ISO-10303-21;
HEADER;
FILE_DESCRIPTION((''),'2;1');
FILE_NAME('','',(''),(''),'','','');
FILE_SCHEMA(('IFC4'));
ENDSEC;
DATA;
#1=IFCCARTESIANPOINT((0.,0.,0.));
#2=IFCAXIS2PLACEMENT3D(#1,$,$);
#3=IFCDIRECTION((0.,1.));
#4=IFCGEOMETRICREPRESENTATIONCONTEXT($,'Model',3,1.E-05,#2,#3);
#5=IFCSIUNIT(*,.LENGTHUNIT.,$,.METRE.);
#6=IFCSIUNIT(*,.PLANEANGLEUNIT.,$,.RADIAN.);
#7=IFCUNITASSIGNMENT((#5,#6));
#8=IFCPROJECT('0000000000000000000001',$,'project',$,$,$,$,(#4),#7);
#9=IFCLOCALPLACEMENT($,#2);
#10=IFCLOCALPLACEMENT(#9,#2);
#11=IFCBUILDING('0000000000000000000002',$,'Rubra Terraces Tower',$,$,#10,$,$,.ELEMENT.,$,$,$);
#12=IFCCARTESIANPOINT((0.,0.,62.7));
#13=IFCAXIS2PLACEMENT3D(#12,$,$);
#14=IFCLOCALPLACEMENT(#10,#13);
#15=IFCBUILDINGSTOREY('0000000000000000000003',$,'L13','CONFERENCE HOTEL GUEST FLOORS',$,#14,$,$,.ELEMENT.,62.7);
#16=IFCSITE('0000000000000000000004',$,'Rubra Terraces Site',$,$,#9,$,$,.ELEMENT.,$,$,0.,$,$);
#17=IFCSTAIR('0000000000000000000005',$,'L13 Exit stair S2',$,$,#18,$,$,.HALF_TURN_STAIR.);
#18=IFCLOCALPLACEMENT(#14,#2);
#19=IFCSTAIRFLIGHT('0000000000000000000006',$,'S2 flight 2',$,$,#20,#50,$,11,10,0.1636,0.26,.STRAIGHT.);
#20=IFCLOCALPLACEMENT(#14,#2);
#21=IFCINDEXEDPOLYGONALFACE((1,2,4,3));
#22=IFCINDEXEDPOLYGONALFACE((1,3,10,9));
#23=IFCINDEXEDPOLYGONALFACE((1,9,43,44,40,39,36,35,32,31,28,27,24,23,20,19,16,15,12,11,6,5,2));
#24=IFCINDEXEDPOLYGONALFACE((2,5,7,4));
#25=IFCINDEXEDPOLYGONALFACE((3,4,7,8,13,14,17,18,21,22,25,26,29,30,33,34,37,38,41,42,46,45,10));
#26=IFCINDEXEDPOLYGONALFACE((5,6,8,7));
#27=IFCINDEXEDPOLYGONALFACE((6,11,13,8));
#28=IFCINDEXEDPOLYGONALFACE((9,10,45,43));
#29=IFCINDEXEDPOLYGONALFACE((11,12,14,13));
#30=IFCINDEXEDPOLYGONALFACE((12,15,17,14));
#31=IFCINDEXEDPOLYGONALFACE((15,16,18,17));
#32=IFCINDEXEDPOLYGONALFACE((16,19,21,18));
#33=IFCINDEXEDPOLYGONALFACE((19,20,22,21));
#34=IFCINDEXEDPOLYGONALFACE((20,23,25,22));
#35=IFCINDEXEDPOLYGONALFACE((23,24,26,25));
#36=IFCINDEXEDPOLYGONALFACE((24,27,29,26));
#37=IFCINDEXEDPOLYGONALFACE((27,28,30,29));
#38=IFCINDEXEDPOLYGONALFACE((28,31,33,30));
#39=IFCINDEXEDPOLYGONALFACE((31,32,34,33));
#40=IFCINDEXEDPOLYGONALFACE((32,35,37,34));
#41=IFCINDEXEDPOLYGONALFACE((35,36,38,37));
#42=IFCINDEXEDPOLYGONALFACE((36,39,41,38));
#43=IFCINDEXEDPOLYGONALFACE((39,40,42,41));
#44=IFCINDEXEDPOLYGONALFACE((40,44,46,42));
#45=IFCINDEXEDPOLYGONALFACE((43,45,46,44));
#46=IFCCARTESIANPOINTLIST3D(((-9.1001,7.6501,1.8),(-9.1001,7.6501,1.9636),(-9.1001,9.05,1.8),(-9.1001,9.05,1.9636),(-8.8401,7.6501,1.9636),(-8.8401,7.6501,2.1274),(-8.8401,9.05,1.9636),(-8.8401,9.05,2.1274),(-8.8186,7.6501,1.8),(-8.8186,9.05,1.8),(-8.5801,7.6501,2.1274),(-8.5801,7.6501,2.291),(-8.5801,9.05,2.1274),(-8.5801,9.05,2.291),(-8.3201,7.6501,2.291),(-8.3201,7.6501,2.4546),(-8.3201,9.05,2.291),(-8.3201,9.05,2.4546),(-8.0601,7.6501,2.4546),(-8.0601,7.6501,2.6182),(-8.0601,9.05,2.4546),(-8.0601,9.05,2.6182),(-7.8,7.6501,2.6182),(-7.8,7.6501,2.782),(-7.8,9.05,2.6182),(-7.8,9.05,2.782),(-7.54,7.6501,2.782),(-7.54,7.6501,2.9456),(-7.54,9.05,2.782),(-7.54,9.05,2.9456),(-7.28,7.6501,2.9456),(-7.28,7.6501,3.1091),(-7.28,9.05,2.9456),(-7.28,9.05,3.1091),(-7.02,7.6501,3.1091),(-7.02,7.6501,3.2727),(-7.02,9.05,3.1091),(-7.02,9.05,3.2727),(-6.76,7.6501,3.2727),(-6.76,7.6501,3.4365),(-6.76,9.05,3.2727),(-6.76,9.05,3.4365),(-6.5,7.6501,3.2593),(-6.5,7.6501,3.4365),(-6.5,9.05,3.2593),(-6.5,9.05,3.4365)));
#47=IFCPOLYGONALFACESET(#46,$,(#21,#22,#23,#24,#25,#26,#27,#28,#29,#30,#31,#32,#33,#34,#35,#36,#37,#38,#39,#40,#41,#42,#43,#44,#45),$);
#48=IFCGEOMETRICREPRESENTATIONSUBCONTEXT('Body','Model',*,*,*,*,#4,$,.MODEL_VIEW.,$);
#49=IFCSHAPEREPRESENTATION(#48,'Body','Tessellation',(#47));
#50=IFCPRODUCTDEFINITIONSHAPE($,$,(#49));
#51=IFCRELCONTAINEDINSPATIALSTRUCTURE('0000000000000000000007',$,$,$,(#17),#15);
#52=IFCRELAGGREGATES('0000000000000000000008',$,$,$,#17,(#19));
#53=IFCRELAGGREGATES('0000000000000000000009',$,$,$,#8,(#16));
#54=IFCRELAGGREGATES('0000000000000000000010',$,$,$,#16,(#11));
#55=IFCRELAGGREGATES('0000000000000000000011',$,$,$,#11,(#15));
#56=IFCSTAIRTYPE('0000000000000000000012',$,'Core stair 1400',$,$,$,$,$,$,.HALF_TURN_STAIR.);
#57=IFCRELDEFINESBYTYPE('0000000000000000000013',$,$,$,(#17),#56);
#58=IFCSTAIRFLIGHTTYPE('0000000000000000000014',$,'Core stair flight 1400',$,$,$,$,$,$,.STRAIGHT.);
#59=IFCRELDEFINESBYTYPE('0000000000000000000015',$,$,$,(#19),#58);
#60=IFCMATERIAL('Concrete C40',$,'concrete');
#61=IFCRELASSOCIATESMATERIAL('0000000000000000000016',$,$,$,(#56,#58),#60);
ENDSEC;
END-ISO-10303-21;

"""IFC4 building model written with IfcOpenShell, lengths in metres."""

from ifc_helpers import new_model, si_unit, direction, frame, origin, place, context, subcontext, project, spatial, polyline, outline, extrude, material, type_object, element, aggregate, save


model = new_model("IFC4")

# Units and contexts
model_context = context("Model", 3, precision=1e-05, world=origin(), true_north=direction((0.0, 1.0)))
body_context = subcontext(model_context, "Body", "Model", "MODEL_VIEW")
ifc_project = project(units=[si_unit("LENGTHUNIT", "METRE"), si_unit("PLANEANGLEUNIT", "RADIAN")], contexts=[model_context])

# Site, building, storey
site_placement = place(None, origin())
site = spatial("IfcSite", under=ifc_project, at=site_placement, Name="Rubra Terraces Site", CompositionType="ELEMENT", RefElevation=0.0)
building_placement = place(site_placement, origin())
building = spatial("IfcBuilding", under=site, at=building_placement, Name="Rubra Terraces Tower", CompositionType="ELEMENT")
storey_placement = place(building_placement, frame((0.0, 0.0, 62.7)))
storey = spatial("IfcBuildingStorey", under=building, at=storey_placement, Name="L13", Description="CONFERENCE HOTEL GUEST FLOORS", CompositionType="ELEMENT", Elevation=62.7)

# Shared definitions
ifc_material_1 = material(Name="Concrete C40", Category="concrete")

# Stair, stair flight
stair_type = type_object("IfcStairType", Name="Core stair 1400", PredefinedType="HALF_TURN_STAIR", material=ifc_material_1)
stair_flight_type = type_object("IfcStairFlightType", Name="Core stair flight 1400", PredefinedType="STRAIGHT", material=ifc_material_1)
stair_1_placement = place(storey_placement, origin())
stair_1 = element("IfcStair", 1, at=stair_1_placement, inside=storey, type_object=stair_type, Name="L13 Exit stair S2", PredefinedType="HALF_TURN_STAIR")
stair_flight_1_placement = place(storey_placement, frame((-9.1001, 8.3501, 1.8), z_axis=(0.0, 0.0, 1.0), x_axis=(1.0, 0.0, 0.0)))
stair_flight_1 = element("IfcStairFlight", 2, at=stair_flight_1_placement, type_object=stair_flight_type, Name="S2 flight 2", NumberOfRisers=11, NumberOfTreads=10, PredefinedType="STRAIGHT", RiserHeight=0.1636, TreadLength=0.26, context=body_context, shape_type="SweptSolid", body=[
    extrude(outline(polyline([(0.0, 0.0), (0.0, 0.1636), (0.26, 0.1636), (0.26, 0.3274), (0.52, 0.3274), (0.52, 0.491), (0.78, 0.491), (0.78, 0.6545), (1.04, 0.6545), (1.04, 0.8181), (1.3, 0.8181), (1.3, 0.9819), (1.5601, 0.9819), (1.5601, 1.1455), (1.8201, 1.1455), (1.8201, 1.3091), (2.0801, 1.3091), (2.0801, 1.4727), (2.3401, 1.4727), (2.3401, 1.6365), (2.6001, 1.6365), (2.6001, 1.8), (2.6001, 1.4592), (0.2815, 0.0), (0.0, 0.0)])), frame((0.0, 0.7, 0.0), z_axis=(0.0, -1.0, 0.0), x_axis=(1.0, 0.0, 0.0)), (0.0, 0.0, 1.0), 1.3999),
])
aggregate(stair_1, [stair_flight_1])

save(model, "model.ifc")
